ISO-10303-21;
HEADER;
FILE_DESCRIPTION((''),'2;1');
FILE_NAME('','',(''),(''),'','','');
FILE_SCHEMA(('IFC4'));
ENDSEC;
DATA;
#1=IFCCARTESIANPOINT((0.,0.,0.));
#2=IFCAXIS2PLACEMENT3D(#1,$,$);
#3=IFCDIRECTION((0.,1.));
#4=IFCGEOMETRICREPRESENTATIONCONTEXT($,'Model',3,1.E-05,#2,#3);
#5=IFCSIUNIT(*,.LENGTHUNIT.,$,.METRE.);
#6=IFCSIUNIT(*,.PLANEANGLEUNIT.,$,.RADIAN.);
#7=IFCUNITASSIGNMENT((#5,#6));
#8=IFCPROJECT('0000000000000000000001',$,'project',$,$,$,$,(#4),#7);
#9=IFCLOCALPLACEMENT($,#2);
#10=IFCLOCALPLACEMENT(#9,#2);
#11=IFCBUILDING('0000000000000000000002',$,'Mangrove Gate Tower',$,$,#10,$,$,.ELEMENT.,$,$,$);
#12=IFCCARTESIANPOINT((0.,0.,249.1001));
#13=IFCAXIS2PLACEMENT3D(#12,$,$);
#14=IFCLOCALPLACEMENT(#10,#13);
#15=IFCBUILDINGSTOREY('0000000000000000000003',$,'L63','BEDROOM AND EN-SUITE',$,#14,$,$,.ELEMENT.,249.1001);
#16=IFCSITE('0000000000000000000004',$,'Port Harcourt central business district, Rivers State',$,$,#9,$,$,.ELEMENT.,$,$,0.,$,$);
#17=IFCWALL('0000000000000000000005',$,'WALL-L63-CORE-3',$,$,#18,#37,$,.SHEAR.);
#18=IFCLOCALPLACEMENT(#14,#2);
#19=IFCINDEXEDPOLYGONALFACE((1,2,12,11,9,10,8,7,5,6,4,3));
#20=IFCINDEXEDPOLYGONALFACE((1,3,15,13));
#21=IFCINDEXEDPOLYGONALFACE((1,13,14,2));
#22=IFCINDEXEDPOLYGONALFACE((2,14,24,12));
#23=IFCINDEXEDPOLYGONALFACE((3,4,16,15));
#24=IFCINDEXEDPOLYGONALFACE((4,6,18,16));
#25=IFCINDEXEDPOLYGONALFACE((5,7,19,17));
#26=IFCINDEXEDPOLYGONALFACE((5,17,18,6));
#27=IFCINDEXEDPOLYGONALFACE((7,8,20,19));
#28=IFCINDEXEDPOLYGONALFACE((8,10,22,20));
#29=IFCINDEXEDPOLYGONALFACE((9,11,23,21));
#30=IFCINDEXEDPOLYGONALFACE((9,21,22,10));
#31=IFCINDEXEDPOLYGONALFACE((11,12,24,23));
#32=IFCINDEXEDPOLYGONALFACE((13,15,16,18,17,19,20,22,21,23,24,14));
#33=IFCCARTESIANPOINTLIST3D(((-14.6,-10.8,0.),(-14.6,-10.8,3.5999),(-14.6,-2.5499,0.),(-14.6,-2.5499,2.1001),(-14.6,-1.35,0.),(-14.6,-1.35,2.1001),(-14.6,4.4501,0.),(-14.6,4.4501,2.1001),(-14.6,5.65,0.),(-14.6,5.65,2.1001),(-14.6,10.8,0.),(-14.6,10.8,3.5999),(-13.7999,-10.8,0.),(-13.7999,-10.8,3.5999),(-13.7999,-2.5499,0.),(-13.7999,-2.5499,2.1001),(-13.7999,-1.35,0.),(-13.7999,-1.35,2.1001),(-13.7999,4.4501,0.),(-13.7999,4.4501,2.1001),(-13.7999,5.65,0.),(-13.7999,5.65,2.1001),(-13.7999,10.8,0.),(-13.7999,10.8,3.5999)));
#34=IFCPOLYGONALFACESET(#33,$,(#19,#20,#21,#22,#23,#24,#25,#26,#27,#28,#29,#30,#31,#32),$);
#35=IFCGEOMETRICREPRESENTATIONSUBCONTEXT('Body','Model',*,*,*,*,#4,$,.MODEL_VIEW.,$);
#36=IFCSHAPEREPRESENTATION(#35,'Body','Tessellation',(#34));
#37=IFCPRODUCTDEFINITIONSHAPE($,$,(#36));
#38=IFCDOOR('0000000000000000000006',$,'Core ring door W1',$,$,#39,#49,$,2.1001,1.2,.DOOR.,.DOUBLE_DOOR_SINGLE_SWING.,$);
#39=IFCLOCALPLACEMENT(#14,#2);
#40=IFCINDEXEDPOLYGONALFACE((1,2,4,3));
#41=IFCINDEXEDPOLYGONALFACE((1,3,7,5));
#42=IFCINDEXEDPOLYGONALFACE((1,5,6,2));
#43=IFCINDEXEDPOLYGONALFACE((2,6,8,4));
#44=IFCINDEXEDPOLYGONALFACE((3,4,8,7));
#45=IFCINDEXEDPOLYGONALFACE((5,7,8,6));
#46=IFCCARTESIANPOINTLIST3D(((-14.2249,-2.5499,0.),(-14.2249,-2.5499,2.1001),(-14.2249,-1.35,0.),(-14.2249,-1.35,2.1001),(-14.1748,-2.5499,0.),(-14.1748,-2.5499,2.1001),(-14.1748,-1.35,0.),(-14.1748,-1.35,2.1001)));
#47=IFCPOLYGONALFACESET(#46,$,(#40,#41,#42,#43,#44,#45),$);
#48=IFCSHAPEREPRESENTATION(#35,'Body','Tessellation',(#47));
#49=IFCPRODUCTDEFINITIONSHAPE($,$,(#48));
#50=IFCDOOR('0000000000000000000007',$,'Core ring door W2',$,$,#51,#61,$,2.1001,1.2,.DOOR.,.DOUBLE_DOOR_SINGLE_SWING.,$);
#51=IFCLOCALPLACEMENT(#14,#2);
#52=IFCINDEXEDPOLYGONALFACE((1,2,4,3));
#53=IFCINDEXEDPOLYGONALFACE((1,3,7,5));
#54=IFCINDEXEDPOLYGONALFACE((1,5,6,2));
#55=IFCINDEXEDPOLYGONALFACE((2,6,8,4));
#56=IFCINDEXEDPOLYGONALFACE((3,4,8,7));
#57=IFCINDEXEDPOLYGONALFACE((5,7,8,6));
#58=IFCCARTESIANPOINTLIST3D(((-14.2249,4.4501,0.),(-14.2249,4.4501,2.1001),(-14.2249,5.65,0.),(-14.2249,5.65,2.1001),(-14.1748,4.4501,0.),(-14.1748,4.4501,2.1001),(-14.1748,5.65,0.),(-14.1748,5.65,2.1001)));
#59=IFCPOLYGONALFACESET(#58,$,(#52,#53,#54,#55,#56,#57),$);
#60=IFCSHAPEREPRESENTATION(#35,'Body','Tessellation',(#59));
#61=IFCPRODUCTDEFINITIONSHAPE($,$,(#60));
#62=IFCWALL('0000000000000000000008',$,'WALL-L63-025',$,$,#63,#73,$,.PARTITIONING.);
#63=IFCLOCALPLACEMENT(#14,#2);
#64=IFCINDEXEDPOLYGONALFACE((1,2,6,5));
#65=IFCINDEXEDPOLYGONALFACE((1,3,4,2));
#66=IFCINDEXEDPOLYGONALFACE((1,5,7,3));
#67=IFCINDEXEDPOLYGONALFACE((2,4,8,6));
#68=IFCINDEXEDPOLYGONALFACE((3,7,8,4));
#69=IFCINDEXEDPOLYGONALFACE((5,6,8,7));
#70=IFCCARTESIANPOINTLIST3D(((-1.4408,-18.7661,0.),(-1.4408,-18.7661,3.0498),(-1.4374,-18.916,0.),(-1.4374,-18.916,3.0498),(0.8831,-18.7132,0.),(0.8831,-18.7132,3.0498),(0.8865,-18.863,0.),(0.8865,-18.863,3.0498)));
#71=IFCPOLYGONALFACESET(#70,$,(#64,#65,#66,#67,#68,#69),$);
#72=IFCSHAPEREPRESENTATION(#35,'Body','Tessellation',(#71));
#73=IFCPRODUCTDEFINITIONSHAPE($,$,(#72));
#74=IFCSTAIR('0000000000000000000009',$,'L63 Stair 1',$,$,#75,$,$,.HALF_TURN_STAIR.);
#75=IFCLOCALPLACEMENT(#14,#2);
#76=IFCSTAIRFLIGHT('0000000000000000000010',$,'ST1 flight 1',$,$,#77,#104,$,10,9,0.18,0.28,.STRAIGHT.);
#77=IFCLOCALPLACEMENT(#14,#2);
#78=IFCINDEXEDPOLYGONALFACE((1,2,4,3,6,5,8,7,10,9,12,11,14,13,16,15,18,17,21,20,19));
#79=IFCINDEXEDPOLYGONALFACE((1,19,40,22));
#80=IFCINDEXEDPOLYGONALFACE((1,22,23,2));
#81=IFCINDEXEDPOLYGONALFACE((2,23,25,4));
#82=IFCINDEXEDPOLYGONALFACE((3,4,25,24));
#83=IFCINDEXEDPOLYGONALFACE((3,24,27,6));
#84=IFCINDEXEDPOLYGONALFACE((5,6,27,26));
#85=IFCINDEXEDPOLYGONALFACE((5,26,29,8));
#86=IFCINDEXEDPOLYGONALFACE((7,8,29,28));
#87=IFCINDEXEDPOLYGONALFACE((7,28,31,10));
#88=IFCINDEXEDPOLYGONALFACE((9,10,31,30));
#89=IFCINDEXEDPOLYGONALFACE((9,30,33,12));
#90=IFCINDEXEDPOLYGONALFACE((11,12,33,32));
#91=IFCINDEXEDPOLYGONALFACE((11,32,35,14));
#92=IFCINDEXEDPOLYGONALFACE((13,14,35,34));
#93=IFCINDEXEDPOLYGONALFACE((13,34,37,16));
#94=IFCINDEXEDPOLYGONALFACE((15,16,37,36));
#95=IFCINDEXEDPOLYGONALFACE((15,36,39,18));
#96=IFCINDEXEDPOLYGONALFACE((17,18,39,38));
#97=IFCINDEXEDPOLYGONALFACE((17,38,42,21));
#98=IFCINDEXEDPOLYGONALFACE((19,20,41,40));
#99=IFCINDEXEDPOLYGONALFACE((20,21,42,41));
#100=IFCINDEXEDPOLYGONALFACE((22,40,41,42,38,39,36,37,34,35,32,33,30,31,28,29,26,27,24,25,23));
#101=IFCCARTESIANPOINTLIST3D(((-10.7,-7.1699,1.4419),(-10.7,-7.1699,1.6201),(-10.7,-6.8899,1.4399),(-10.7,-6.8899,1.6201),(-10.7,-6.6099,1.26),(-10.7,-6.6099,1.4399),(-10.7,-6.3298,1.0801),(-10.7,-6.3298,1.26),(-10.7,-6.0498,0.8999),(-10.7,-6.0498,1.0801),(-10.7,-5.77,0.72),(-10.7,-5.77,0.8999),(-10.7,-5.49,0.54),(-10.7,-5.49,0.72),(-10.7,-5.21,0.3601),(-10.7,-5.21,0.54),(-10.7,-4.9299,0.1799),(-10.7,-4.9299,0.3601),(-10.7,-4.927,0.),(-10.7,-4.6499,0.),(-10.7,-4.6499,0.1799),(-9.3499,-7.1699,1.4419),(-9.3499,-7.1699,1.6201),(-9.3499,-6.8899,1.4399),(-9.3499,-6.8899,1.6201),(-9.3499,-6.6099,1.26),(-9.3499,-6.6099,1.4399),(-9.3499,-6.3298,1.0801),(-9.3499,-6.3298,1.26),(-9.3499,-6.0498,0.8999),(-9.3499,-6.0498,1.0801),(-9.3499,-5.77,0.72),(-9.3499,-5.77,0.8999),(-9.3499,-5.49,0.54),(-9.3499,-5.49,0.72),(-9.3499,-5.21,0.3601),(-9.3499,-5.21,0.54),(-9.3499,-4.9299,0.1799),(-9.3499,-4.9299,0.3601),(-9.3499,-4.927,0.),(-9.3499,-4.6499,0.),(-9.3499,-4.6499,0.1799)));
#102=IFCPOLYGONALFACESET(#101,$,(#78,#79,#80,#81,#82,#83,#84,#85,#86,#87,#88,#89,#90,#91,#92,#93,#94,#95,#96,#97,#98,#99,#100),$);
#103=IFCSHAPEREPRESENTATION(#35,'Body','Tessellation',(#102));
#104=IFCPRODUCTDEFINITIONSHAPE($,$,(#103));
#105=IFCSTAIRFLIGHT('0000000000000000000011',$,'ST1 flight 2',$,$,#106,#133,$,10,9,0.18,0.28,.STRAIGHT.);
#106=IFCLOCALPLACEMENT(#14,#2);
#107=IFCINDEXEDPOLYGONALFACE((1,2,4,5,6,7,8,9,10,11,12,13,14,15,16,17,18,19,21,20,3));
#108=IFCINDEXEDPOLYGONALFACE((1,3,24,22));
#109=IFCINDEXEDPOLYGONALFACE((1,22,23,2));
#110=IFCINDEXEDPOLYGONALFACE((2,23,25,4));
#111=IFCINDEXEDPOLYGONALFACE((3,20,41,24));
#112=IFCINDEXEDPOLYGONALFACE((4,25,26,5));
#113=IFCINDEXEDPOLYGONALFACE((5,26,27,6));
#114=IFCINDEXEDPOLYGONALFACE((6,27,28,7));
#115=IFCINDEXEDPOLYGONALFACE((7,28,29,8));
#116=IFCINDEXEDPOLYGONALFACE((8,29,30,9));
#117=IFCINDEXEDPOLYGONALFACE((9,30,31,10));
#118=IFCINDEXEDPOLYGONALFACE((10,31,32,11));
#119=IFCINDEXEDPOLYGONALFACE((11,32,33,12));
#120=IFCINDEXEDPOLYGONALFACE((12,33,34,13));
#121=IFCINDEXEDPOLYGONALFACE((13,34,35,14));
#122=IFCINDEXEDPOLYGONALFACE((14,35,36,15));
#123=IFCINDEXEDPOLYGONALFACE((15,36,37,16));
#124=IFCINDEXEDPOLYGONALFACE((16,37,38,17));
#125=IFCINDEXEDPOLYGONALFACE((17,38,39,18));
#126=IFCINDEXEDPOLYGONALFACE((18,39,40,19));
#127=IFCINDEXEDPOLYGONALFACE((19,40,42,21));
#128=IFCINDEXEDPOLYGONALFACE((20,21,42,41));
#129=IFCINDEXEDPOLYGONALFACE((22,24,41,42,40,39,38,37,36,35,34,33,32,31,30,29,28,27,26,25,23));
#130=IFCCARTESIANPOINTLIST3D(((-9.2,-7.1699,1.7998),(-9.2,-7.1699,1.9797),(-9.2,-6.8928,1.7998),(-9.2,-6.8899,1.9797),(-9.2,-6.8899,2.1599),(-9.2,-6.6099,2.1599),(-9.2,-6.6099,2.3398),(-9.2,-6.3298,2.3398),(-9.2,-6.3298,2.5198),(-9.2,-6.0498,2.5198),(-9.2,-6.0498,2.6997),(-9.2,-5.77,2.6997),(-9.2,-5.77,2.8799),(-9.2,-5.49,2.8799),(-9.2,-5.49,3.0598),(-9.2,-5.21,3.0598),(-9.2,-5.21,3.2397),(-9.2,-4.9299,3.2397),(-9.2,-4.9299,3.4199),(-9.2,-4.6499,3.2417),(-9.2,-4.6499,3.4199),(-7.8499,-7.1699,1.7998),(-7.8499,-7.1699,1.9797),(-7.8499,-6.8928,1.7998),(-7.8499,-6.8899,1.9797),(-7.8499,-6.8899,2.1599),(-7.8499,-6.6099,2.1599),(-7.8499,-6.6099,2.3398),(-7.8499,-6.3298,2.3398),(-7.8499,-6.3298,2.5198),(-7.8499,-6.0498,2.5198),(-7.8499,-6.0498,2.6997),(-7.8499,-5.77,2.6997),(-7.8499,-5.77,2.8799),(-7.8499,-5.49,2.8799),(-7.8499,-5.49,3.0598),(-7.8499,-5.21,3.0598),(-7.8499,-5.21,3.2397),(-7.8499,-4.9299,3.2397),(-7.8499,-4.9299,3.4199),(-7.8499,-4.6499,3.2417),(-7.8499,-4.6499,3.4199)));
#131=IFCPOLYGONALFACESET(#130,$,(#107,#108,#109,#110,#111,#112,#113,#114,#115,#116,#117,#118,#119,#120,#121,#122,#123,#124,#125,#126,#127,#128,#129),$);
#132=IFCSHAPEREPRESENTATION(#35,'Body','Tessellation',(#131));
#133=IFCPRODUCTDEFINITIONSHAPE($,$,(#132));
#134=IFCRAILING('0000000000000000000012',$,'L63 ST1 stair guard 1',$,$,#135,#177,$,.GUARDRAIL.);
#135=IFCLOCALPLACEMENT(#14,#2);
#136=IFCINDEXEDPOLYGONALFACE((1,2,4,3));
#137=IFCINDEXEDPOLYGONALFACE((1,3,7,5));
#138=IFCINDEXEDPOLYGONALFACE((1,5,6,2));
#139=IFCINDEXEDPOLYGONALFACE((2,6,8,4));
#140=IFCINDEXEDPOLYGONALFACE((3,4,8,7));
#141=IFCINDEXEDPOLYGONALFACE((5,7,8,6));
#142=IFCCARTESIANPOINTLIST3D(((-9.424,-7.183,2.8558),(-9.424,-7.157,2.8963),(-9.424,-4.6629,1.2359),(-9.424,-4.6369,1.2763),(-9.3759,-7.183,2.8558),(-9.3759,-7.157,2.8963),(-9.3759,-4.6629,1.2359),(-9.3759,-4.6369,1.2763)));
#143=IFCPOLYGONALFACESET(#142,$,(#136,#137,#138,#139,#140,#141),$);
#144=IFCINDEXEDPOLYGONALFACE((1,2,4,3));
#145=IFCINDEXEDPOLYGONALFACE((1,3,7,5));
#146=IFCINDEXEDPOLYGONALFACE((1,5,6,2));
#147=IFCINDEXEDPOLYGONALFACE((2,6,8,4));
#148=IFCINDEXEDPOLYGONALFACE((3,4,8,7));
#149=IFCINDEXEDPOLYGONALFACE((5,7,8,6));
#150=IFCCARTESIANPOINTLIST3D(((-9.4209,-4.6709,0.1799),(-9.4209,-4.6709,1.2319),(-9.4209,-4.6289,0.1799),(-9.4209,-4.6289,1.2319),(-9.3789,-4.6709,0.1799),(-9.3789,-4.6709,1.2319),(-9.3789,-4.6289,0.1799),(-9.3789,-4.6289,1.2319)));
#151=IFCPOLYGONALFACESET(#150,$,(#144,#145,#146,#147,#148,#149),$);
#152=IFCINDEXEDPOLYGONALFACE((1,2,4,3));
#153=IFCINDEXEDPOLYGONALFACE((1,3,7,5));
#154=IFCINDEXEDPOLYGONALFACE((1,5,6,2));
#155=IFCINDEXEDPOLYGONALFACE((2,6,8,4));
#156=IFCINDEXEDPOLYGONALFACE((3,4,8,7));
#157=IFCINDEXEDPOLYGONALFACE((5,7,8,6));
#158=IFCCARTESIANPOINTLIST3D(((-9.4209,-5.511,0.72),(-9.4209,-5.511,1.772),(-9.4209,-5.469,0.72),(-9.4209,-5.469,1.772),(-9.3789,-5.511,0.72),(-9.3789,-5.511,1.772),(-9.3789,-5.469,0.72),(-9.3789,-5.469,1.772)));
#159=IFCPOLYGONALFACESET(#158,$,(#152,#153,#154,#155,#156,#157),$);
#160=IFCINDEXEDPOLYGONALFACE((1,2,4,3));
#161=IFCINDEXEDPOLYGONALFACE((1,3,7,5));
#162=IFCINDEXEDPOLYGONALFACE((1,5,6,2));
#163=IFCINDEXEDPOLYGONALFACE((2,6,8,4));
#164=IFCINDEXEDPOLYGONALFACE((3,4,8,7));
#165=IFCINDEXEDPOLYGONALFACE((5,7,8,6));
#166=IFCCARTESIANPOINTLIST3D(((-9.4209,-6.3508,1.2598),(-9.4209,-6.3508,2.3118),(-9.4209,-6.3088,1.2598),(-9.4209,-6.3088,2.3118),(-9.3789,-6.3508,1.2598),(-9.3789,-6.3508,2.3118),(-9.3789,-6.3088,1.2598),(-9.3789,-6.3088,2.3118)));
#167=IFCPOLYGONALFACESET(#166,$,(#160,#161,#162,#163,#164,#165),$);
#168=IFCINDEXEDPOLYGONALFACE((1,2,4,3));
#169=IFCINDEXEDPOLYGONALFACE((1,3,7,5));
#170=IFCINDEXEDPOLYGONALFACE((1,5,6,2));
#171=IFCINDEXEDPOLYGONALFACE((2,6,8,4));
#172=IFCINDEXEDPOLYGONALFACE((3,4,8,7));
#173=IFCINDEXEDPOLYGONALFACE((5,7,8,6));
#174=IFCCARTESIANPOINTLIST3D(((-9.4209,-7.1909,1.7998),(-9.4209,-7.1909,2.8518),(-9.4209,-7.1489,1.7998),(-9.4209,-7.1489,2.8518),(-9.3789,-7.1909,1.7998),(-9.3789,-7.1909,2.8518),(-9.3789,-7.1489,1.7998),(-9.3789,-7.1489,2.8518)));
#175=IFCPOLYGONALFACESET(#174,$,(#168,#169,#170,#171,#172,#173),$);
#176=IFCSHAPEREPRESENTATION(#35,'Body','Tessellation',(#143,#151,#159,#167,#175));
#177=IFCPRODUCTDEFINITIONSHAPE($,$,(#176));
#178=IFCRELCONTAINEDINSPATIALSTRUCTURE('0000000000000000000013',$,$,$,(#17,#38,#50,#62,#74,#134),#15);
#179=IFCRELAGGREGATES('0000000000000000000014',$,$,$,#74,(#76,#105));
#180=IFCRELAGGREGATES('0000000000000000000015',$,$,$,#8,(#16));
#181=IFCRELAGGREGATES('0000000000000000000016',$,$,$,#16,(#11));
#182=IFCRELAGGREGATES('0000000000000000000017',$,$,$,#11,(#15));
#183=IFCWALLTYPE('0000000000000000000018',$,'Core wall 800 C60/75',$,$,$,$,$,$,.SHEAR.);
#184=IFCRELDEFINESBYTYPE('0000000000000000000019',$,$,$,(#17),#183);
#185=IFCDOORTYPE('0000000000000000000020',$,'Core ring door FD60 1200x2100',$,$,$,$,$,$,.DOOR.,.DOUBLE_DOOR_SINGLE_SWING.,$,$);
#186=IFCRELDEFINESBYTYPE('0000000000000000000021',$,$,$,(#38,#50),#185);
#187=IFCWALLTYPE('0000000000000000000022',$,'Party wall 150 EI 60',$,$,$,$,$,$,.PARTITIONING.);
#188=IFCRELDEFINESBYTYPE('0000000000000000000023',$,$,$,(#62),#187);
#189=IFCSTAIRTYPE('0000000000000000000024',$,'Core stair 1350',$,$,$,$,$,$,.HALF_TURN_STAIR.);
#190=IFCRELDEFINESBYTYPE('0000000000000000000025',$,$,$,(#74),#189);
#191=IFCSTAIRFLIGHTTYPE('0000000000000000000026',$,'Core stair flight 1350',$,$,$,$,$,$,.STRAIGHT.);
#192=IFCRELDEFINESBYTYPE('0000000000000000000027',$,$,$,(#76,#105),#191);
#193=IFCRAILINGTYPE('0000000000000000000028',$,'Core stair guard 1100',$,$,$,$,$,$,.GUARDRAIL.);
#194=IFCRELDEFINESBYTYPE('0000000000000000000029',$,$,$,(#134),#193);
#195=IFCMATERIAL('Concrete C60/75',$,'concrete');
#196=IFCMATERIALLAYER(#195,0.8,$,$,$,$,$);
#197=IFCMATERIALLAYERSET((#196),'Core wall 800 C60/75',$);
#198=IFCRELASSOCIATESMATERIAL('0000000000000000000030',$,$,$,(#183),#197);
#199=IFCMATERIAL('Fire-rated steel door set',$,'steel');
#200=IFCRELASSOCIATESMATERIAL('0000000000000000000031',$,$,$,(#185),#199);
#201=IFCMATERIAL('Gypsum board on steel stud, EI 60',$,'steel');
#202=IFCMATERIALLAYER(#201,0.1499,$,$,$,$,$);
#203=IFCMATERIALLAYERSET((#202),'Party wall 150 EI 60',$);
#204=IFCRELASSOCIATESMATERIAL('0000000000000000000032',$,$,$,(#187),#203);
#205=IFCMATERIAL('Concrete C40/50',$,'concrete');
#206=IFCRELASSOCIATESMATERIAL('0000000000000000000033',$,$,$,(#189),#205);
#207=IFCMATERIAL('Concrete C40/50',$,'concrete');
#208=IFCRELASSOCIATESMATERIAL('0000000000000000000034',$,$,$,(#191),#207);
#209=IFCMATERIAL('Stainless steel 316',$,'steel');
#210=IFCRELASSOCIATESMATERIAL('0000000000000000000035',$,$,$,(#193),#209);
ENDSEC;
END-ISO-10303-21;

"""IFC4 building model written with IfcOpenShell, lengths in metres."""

from ifc_helpers import new_model, si_unit, direction, frame, frame_2d, origin, origin_2d, place, context, subcontext, project, spatial, polyline, rectangle, outline, extrude, material, layer, layer_set, type_object, element, fill, aggregate, save


model = new_model("IFC4")

# Units and contexts
model_context = context("Model", 3, precision=1e-05, world=origin(), true_north=direction((0.0, 1.0)))
body_context = subcontext(model_context, "Body", "Model", "MODEL_VIEW")
ifc_project = project(units=[si_unit("LENGTHUNIT", "METRE"), si_unit("PLANEANGLEUNIT", "RADIAN")], contexts=[model_context])

# Site, building, storey
site_placement = place(None, origin())
site = spatial("IfcSite", under=ifc_project, at=site_placement, Name="Port Harcourt central business district, Rivers State", CompositionType="ELEMENT", RefElevation=0.0)
building_placement = place(site_placement, origin())
building = spatial("IfcBuilding", under=site, at=building_placement, Name="Mangrove Gate Tower", CompositionType="ELEMENT")
storey_placement = place(building_placement, frame((0.0, 0.0, 249.1001)))
storey = spatial("IfcBuildingStorey", under=building, at=storey_placement, Name="L63", Description="BEDROOM AND EN-SUITE", CompositionType="ELEMENT", Elevation=249.1001)

# Shared definitions
ifc_material_1 = material(Name="Concrete C60/75", Category="concrete")
ifc_layer_1 = layer(ifc_material_1, 0.8)
ifc_layer_set_1 = layer_set([ifc_layer_1], Name="Core wall 800 C60/75")
wall_type_1 = type_object("IfcWallType", Name="Core wall 800 C60/75", PredefinedType="SHEAR", material=ifc_layer_set_1)

# Wall, openings, doors
wall_1_placement = place(storey_placement, frame((-14.2, -10.8, 0.0), z_axis=(0.0, 0.0, 1.0), x_axis=(0.0, 1.0, 0.0)))
wall_1 = element("IfcWall", 1, at=wall_1_placement, inside=storey, type_object=wall_type_1, Name="WALL-L63-CORE-3", PredefinedType="SHEAR", context=body_context, shape_type="SweptSolid", body=[
    extrude(rectangle(XDim=21.6001, YDim=0.8, at=frame_2d((10.8, 0.0))), origin(), (0.0, 0.0, 1.0), 3.5999),
])
opening_1_placement = place(wall_1_placement, frame((8.25, 0.0, 0.0)))
opening_1 = element("IfcOpeningElement", 2, at=opening_1_placement, cuts=wall_1, PredefinedType="OPENING", context=body_context, shape_type="SweptSolid", body=[
    extrude(rectangle(XDim=1.2, YDim=2.1001, at=frame_2d((0.6001, 1.05))), frame((0.0, 0.4099, 0.0), z_axis=(0.0, -1.0, 0.0), x_axis=(1.0, 0.0, 0.0)), (0.0, 0.0, 1.0), 0.8201),
])
opening_2_placement = place(wall_1_placement, frame((15.25, 0.0, 0.0)))
opening_2 = element("IfcOpeningElement", 3, at=opening_2_placement, cuts=wall_1, PredefinedType="OPENING", context=body_context, shape_type="SweptSolid", body=[
    extrude(rectangle(XDim=1.2, YDim=2.1001, at=frame_2d((0.6001, 1.05))), frame((0.0, 0.4099, 0.0), z_axis=(0.0, -1.0, 0.0), x_axis=(1.0, 0.0, 0.0)), (0.0, 0.0, 1.0), 0.8201),
])
ifc_material_2 = material(Name="Fire-rated steel door set", Category="steel")
door_type_1 = type_object("IfcDoorType", Name="Core ring door FD60 1200x2100", OperationType="DOUBLE_DOOR_SINGLE_SWING", PredefinedType="DOOR", material=ifc_material_2)
door_1_placement = place(opening_1_placement, origin())
door_1 = element("IfcDoor", 4, at=door_1_placement, inside=storey, type_object=door_type_1, Name="Core ring door W1", OperationType="DOUBLE_DOOR_SINGLE_SWING", OverallHeight=2.1001, OverallWidth=1.2, PredefinedType="DOOR", context=body_context, shape_type="SweptSolid", body=[
    extrude(rectangle(XDim=1.2, YDim=2.1001, at=frame_2d((0.6001, 1.05))), frame((0.0, 0.0249, 0.0), z_axis=(0.0, -1.0, 0.0), x_axis=(1.0, 0.0, 0.0)), (0.0, 0.0, 1.0), 0.05),
])
fill(opening_1, door_1)
door_2_placement = place(opening_2_placement, origin())
door_2 = element("IfcDoor", 5, at=door_2_placement, inside=storey, type_object=door_type_1, Name="Core ring door W2", OperationType="DOUBLE_DOOR_SINGLE_SWING", OverallHeight=2.1001, OverallWidth=1.2, PredefinedType="DOOR", context=body_context, shape_type="SweptSolid", body=[
    extrude(rectangle(XDim=1.2, YDim=2.1001, at=frame_2d((0.6001, 1.05))), frame((0.0, 0.0249, 0.0), z_axis=(0.0, -1.0, 0.0), x_axis=(1.0, 0.0, 0.0)), (0.0, 0.0, 1.0), 0.05),
])
fill(opening_2, door_2)

# Wall
ifc_material_3 = material(Name="Gypsum board on steel stud, EI 60", Category="steel")
ifc_layer_2 = layer(ifc_material_3, 0.1499)
ifc_layer_set_2 = layer_set([ifc_layer_2], Name="Party wall 150 EI 60")
wall_type_2 = type_object("IfcWallType", Name="Party wall 150 EI 60", PredefinedType="PARTITIONING", material=ifc_layer_set_2)
wall_2_placement = place(storey_placement, frame((-1.439, -18.8411, 0.0), z_axis=(0.0, 0.0, 1.0), x_axis=(0.99974, 0.022791, 0.0)))
element("IfcWall", 6, at=wall_2_placement, inside=storey, type_object=wall_type_2, Name="WALL-L63-025", PredefinedType="PARTITIONING", context=body_context, shape_type="SweptSolid", body=[
    extrude(rectangle(XDim=2.3245, YDim=0.1499, at=frame_2d((1.1621, 0.0))), origin(), (0.0, 0.0, 1.0), 3.0498),
])

# Stair, stair flights
ifc_material_4 = material(Name="Concrete C40/50", Category="concrete")
stair_type = type_object("IfcStairType", Name="Core stair 1350", PredefinedType="HALF_TURN_STAIR", material=ifc_material_4)
stair_placement = place(storey_placement, origin())
stair = element("IfcStair", 7, at=stair_placement, inside=storey, type_object=stair_type, Name="L63 Stair 1", PredefinedType="HALF_TURN_STAIR")
ifc_material_5 = material(Name="Concrete C40/50", Category="concrete")
stair_flight_type = type_object("IfcStairFlightType", Name="Core stair flight 1350", PredefinedType="STRAIGHT", material=ifc_material_5)
stair_flight_1_placement = place(storey_placement, frame((-10.0249, -4.6499, 0.0), z_axis=(0.0, 0.0, 1.0), x_axis=(0.0, -1.0, 0.0)))
stair_flight_1 = element("IfcStairFlight", 8, at=stair_flight_1_placement, type_object=stair_flight_type, Name="ST1 flight 1", NumberOfRisers=10, NumberOfTreads=9, PredefinedType="STRAIGHT", RiserHeight=0.18, TreadLength=0.28, context=body_context, shape_type="SweptSolid", body=[
    extrude(outline(polyline([(0.0, 0.0), (0.0, 0.1799), (0.28, 0.1799), (0.28, 0.3601), (0.5601, 0.3601), (0.5601, 0.54), (0.8401, 0.54), (0.8401, 0.72), (1.1201, 0.72), (1.1201, 0.8999), (1.3999, 0.8999), (1.3999, 1.0801), (1.6799, 1.0801), (1.6799, 1.26), (1.96, 1.26), (1.96, 1.4399), (2.24, 1.4399), (2.24, 1.6201), (2.52, 1.6201), (2.52, 1.8), (2.52, 1.4419), (0.2771, 0.0), (0.0, 0.0)])), frame((0.0, 0.675, 0.0), z_axis=(0.0, -1.0, 0.0), x_axis=(1.0, 0.0, 0.0)), (0.0, 0.0, 1.0), 1.3501),
])
stair_flight_2_placement = place(storey_placement, frame((-8.5249, -7.1699, 1.7998), z_axis=(0.0, 0.0, 1.0), x_axis=(0.0, 1.0, 0.0)))
stair_flight_2 = element("IfcStairFlight", 9, at=stair_flight_2_placement, type_object=stair_flight_type, Name="ST1 flight 2", NumberOfRisers=10, NumberOfTreads=9, PredefinedType="STRAIGHT", RiserHeight=0.18, TreadLength=0.28, context=body_context, shape_type="SweptSolid", body=[
    extrude(outline(polyline([(0.0, 0.0), (0.0, 0.1799), (0.28, 0.1799), (0.28, 0.3601), (0.5601, 0.3601), (0.5601, 0.54), (0.8401, 0.54), (0.8401, 0.72), (1.1201, 0.72), (1.1201, 0.8999), (1.3999, 0.8999), (1.3999, 1.0801), (1.6799, 1.0801), (1.6799, 1.26), (1.96, 1.26), (1.96, 1.4399), (2.24, 1.4399), (2.24, 1.6201), (2.52, 1.6201), (2.52, 1.8), (2.52, 1.4419), (0.2771, 0.0), (0.0, 0.0)])), frame((0.0, 0.675, 0.0), z_axis=(0.0, -1.0, 0.0), x_axis=(1.0, 0.0, 0.0)), (0.0, 0.0, 1.0), 1.3501),
])
aggregate(stair, [stair_flight_1, stair_flight_2])

# Railing
ifc_material_6 = material(Name="Stainless steel 316", Category="steel")
railing_type_1 = type_object("IfcRailingType", Name="Core stair guard 1100", PredefinedType="GUARDRAIL", material=ifc_material_6)
railing_1_placement = place(storey_placement, frame((-9.3999, -4.6499, 0.1799)))
element("IfcRailing", 10, at=railing_1_placement, inside=storey, type_object=railing_type_1, Name="L63 ST1 stair guard 1", PredefinedType="GUARDRAIL", context=body_context, shape_type="SweptSolid", body=[
    extrude(rectangle(XDim=0.0481, YDim=0.0481, at=origin_2d()), frame((0.0, 0.0, 1.0762), z_axis=(0.0, -0.8412, 0.540725), x_axis=(1.0, 0.0, 0.0)), (0.0, 0.0, 1.0), 2.9958),
    extrude(rectangle(XDim=0.042, YDim=0.042, at=origin_2d()), origin(), (0.0, 0.0, 1.0), 1.052),
    extrude(rectangle(XDim=0.042, YDim=0.042, at=origin_2d()), frame((0.0, -0.8401, 0.54)), (0.0, 0.0, 1.0), 1.052),
    extrude(rectangle(XDim=0.042, YDim=0.042, at=origin_2d()), frame((0.0, -1.6799, 1.0798)), (0.0, 0.0, 1.0), 1.052),
    extrude(rectangle(XDim=0.042, YDim=0.042, at=origin_2d()), frame((0.0, -2.52, 1.6199)), (0.0, 0.0, 1.0), 1.052),
])

save(model, "model.ifc")
